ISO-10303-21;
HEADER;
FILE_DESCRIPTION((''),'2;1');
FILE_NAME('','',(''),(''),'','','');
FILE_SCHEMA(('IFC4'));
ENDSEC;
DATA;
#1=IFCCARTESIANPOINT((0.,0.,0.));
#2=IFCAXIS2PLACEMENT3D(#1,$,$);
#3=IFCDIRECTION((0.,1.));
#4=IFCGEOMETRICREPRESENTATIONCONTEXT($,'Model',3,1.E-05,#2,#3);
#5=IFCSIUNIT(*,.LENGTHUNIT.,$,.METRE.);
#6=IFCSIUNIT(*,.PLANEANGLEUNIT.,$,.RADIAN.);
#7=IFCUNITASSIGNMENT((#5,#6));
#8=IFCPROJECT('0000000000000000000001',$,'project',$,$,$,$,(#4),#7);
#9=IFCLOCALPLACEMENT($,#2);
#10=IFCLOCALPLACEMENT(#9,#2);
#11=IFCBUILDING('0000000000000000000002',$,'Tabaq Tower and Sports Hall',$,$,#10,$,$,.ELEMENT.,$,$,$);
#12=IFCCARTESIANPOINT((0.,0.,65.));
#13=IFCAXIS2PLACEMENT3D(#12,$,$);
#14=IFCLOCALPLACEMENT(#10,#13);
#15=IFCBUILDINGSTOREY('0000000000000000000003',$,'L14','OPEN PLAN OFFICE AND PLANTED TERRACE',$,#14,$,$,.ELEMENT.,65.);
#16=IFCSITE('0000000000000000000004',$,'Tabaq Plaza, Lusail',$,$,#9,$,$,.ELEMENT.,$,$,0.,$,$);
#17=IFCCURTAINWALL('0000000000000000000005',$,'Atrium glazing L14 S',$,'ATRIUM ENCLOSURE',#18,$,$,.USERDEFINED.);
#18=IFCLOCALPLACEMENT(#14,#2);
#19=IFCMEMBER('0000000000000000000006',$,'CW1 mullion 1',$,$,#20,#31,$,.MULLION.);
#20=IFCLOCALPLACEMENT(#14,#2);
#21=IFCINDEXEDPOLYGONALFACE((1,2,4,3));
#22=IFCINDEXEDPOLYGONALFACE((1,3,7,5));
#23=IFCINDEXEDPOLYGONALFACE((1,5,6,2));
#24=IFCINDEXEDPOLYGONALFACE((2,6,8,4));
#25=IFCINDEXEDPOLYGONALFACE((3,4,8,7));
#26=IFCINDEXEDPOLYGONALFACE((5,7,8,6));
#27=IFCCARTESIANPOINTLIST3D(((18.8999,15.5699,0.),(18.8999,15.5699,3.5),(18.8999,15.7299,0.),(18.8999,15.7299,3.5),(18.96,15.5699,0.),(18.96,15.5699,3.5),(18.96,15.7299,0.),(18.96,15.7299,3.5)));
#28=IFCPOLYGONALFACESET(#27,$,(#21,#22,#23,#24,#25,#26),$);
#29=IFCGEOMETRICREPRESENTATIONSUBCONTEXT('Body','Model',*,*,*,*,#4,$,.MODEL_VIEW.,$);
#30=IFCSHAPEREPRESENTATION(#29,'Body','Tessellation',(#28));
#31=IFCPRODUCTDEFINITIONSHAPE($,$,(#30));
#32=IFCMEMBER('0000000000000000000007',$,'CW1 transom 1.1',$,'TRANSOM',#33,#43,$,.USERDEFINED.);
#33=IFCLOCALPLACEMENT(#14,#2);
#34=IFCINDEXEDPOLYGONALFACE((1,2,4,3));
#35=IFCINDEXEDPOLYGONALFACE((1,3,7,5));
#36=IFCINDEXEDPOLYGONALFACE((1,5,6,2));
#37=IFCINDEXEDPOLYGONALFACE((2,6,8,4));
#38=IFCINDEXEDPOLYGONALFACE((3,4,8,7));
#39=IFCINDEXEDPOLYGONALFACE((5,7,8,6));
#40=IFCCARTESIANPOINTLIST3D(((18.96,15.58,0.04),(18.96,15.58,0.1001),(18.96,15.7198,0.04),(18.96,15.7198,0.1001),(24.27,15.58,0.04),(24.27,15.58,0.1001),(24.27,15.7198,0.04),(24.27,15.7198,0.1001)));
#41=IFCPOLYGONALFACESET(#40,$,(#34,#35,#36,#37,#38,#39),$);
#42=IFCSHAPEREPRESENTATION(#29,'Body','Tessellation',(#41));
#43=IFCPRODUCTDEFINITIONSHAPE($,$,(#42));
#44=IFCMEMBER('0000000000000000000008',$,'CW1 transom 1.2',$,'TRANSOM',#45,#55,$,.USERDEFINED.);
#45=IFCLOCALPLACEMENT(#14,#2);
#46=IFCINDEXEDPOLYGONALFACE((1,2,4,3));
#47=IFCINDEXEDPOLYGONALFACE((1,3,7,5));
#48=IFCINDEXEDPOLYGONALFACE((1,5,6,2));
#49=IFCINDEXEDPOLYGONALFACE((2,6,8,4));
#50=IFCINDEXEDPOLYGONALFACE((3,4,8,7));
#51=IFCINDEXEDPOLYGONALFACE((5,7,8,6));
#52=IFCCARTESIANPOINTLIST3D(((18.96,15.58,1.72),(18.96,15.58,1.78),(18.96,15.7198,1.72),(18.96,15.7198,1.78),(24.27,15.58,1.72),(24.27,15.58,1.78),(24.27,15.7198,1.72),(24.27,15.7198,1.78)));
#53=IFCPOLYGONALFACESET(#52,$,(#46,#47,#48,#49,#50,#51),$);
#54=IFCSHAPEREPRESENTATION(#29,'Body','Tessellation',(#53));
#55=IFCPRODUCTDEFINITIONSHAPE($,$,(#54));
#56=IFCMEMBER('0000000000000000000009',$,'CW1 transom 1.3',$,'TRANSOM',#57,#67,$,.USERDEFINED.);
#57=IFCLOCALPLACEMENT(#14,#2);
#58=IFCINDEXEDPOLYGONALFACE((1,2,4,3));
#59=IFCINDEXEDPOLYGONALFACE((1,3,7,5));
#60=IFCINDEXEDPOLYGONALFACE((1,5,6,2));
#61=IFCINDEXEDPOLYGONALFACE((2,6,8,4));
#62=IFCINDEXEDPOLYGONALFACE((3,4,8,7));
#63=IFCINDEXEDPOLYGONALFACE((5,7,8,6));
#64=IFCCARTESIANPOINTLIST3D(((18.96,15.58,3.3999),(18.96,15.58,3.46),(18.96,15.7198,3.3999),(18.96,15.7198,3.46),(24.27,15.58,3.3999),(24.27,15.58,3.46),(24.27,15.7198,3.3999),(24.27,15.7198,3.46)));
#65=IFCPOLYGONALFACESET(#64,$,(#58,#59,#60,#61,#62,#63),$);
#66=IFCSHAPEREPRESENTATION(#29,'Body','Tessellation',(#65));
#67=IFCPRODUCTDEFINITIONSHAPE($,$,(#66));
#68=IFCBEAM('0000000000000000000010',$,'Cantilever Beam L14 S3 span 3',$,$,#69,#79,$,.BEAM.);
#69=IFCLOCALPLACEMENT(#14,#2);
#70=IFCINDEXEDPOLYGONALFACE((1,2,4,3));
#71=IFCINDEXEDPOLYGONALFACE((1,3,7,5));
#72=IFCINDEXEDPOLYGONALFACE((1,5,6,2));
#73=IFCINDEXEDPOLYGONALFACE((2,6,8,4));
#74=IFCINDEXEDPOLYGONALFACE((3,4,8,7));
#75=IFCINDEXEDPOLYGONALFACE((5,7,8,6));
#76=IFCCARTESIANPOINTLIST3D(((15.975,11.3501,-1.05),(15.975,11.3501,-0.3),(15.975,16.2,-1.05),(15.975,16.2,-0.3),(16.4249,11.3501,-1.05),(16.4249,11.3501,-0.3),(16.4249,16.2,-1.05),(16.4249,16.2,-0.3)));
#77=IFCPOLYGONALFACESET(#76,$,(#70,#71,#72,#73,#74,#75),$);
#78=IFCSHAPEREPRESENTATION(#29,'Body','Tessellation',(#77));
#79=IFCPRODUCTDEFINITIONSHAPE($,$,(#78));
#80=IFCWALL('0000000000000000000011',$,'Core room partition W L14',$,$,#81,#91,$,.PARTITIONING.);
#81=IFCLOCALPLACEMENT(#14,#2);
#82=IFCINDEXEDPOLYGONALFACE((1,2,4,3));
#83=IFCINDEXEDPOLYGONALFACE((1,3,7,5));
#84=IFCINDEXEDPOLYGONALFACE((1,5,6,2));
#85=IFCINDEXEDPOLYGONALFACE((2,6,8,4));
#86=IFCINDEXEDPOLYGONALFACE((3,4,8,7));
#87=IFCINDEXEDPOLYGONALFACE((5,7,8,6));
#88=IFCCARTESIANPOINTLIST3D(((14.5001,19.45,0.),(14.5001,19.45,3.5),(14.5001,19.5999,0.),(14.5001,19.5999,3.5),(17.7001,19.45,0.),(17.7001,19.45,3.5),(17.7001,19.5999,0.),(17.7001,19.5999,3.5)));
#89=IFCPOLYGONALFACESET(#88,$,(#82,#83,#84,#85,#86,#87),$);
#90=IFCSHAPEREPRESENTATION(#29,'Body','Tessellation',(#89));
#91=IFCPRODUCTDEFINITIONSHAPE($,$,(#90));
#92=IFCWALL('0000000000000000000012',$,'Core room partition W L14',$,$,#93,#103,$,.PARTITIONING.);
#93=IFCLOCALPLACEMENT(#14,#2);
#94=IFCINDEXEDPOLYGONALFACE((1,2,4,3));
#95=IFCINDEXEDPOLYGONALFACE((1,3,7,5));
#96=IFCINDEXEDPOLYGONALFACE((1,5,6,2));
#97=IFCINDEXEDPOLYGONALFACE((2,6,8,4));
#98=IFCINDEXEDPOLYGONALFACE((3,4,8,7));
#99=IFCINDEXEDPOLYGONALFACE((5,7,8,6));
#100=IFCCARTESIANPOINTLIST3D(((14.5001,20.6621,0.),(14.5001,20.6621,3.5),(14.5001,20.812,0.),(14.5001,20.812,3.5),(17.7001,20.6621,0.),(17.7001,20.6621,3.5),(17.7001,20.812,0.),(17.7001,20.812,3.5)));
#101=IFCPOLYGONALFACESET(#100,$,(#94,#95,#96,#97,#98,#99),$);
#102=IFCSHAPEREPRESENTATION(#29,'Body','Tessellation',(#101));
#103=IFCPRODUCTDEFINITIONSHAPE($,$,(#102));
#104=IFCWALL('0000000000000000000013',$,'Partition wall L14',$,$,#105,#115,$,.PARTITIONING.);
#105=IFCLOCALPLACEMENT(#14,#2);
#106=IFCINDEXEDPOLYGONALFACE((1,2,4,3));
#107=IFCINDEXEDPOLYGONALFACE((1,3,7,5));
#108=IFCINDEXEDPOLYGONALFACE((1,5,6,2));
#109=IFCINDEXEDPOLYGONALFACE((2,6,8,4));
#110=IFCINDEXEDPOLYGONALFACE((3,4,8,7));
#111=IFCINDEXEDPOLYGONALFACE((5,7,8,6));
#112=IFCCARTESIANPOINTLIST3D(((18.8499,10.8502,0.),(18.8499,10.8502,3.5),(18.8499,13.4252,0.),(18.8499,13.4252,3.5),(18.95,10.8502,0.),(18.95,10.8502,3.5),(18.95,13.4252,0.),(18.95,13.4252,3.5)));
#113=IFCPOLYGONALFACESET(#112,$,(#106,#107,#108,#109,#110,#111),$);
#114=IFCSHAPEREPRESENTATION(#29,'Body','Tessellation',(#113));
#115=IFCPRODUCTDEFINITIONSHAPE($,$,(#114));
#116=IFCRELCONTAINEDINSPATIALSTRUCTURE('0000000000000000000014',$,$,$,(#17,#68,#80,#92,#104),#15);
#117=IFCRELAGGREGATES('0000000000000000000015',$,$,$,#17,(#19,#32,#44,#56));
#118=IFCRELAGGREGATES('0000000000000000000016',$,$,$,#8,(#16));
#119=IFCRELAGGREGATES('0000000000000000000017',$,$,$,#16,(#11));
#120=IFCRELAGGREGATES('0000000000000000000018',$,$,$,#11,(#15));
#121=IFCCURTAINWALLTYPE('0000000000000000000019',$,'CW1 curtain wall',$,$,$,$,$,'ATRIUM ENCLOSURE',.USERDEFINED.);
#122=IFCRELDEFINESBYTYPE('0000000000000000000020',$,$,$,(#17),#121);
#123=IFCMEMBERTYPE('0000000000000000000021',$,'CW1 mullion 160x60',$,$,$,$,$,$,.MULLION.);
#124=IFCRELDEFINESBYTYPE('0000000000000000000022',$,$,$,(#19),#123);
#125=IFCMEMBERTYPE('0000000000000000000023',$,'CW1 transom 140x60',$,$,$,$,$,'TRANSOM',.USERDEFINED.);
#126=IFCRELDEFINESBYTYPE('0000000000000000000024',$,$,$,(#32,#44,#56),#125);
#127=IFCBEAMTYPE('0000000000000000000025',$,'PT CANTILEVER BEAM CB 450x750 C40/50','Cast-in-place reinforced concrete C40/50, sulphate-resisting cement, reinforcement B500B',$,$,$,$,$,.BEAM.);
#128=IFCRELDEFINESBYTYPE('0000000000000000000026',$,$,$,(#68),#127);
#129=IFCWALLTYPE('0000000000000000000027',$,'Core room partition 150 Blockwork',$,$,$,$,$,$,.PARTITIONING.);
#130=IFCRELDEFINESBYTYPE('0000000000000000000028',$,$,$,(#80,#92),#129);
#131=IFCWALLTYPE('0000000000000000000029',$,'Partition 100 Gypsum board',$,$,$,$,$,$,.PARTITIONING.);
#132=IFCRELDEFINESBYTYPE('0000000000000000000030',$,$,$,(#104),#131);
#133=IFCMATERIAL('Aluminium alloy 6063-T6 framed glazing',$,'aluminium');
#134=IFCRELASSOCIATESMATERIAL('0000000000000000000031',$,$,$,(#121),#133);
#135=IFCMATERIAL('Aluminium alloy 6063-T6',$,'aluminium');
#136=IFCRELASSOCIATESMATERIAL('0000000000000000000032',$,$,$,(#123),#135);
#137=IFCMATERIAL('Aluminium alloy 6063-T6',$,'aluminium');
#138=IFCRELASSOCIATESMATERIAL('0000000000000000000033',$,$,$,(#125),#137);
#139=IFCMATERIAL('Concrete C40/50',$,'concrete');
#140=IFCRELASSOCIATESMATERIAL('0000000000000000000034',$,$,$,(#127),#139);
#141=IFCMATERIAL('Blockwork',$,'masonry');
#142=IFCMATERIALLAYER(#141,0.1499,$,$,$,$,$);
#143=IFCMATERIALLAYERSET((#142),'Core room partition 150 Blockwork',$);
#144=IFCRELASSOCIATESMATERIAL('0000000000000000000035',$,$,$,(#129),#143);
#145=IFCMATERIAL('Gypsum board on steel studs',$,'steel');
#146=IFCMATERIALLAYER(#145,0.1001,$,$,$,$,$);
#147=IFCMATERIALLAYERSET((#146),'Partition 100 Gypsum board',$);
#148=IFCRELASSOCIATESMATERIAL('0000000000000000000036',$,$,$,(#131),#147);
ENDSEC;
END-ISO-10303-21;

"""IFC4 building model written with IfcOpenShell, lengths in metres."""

from ifc_helpers import new_model, si_unit, direction, frame, frame_2d, origin, origin_2d, place, context, subcontext, project, spatial, rectangle, extrude, material, layer, layer_set, material_profile, profile_set, type_object, element, aggregate, save


model = new_model("IFC4")

# Units and contexts
model_context = context("Model", 3, precision=1e-05, world=origin(), true_north=direction((0.0, 1.0)))
body_context = subcontext(model_context, "Body", "Model", "MODEL_VIEW")
ifc_project = project(units=[si_unit("LENGTHUNIT", "METRE"), si_unit("PLANEANGLEUNIT", "RADIAN")], contexts=[model_context])

# Site, building, storey
site_placement = place(None, origin())
site = spatial("IfcSite", under=ifc_project, at=site_placement, Name="Tabaq Plaza, Lusail", CompositionType="ELEMENT", RefElevation=0.0)
building_placement = place(site_placement, origin())
building = spatial("IfcBuilding", under=site, at=building_placement, Name="Tabaq Tower and Sports Hall", CompositionType="ELEMENT")
storey_placement = place(building_placement, frame((0.0, 0.0, 65.0)))
storey = spatial("IfcBuildingStorey", under=building, at=storey_placement, Name="L14", Description="OPEN PLAN OFFICE AND PLANTED TERRACE", CompositionType="ELEMENT", Elevation=65.0)

# Curtain wall, members
ifc_material_1 = material(Name="Aluminium alloy 6063-T6 framed glazing", Category="aluminium")
curtain_wall_type = type_object("IfcCurtainWallType", Name="CW1 curtain wall", ElementType="ATRIUM ENCLOSURE", PredefinedType="USERDEFINED", material=ifc_material_1)
curtain_wall_placement = place(storey_placement, origin())
curtain_wall = element("IfcCurtainWall", 1, at=curtain_wall_placement, inside=storey, type_object=curtain_wall_type, Name="Atrium glazing L14 S", ObjectType="ATRIUM ENCLOSURE", PredefinedType="USERDEFINED")
ifc_material_2 = material(Name="Aluminium alloy 6063-T6", Category="aluminium")
ifc_material_profile_1 = material_profile(ifc_material_2, rectangle(XDim=0.1599, YDim=0.0601, at=origin_2d()), Name="MULLION 160x60")
ifc_profile_set_1 = profile_set([ifc_material_profile_1], Name="Aluminium alloy 6063-T6")
member_type_1 = type_object("IfcMemberType", Name="CW1 mullion 160x60", PredefinedType="MULLION", material=ifc_profile_set_1)
member_1_placement = place(storey_placement, frame((18.9299, 15.6499, 0.0), z_axis=(0.0, 0.0, 1.0), x_axis=(0.0, 1.0, 0.0)))
member_1 = element("IfcMember", 2, at=member_1_placement, type_object=member_type_1, Name="CW1 mullion 1", PredefinedType="MULLION", context=body_context, shape_type="SweptSolid", body=[
    extrude(rectangle(XDim=0.1599, YDim=0.0601, at=origin_2d()), origin(), (0.0, 0.0, 1.0), 3.5),
])
ifc_material_3 = material(Name="Aluminium alloy 6063-T6", Category="aluminium")
ifc_material_profile_2 = material_profile(ifc_material_3, rectangle(XDim=0.1399, YDim=0.0601, at=origin_2d()), Name="TRANSOM 140x60")
ifc_profile_set_2 = profile_set([ifc_material_profile_2], Name="Aluminium alloy 6063-T6")
member_type_2 = type_object("IfcMemberType", Name="CW1 transom 140x60", ElementType="TRANSOM", PredefinedType="USERDEFINED", material=ifc_profile_set_2)
member_2_placement = place(storey_placement, frame((18.96, 15.6499, 0.0701), z_axis=(1.0, 0.0, 0.0), x_axis=(0.0, 1.0, 0.0)))
member_2 = element("IfcMember", 3, at=member_2_placement, type_object=member_type_2, Name="CW1 transom 1.1", ObjectType="TRANSOM", PredefinedType="USERDEFINED", context=body_context, shape_type="SweptSolid", body=[
    extrude(rectangle(XDim=0.1399, YDim=0.0601, at=origin_2d()), origin(), (0.0, 0.0, 1.0), 5.3101),
])
member_3_placement = place(storey_placement, frame((18.96, 15.6499, 1.75), z_axis=(1.0, 0.0, 0.0), x_axis=(0.0, 1.0, 0.0)))
member_3 = element("IfcMember", 4, at=member_3_placement, type_object=member_type_2, Name="CW1 transom 1.2", ObjectType="TRANSOM", PredefinedType="USERDEFINED", context=body_context, shape_type="SweptSolid", body=[
    extrude(rectangle(XDim=0.1399, YDim=0.0601, at=origin_2d()), origin(), (0.0, 0.0, 1.0), 5.3101),
])
member_4_placement = place(storey_placement, frame((18.96, 15.6499, 3.4299), z_axis=(1.0, 0.0, 0.0), x_axis=(0.0, 1.0, 0.0)))
member_4 = element("IfcMember", 5, at=member_4_placement, type_object=member_type_2, Name="CW1 transom 1.3", ObjectType="TRANSOM", PredefinedType="USERDEFINED", context=body_context, shape_type="SweptSolid", body=[
    extrude(rectangle(XDim=0.1399, YDim=0.0601, at=origin_2d()), origin(), (0.0, 0.0, 1.0), 5.3101),
])
aggregate(curtain_wall, [member_1, member_2, member_3, member_4])

# Beam
ifc_material_4 = material(Name="Concrete C40/50", Category="concrete")
ifc_material_profile_3 = material_profile(ifc_material_4, rectangle(XDim=0.45, YDim=0.75, at=origin_2d()), Name="CB 450x750")
ifc_profile_set_3 = profile_set([ifc_material_profile_3], Name="Concrete C40/50")
beam_type = type_object("IfcBeamType", Name="PT CANTILEVER BEAM CB 450x750 C40/50", Description="Cast-in-place reinforced concrete C40/50, sulphate-resisting cement, reinforcement B500B", PredefinedType="BEAM", material=ifc_profile_set_3)
beam_placement = place(storey_placement, frame((16.2, 11.3501, -0.675), z_axis=(0.0, 1.0, 0.0), x_axis=(-1.0, 0.0, 0.0)))
element("IfcBeam", 6, at=beam_placement, inside=storey, type_object=beam_type, Name="Cantilever Beam L14 S3 span 3", PredefinedType="BEAM", context=body_context, shape_type="SweptSolid", body=[
    extrude(rectangle(XDim=0.45, YDim=0.75, at=origin_2d()), origin(), (0.0, 0.0, 1.0), 4.8499),
])

# Walls
ifc_material_5 = material(Name="Blockwork", Category="masonry")
ifc_layer_1 = layer(ifc_material_5, 0.1499)
ifc_layer_set_1 = layer_set([ifc_layer_1], Name="Core room partition 150 Blockwork")
wall_type_1 = type_object("IfcWallType", Name="Core room partition 150 Blockwork", PredefinedType="PARTITIONING", material=ifc_layer_set_1)
for number, where, z_axis, x_axis, name in (
    (7, (14.5, 19.5249, 0.0), (0.0, 0.0, 1.0), (1.0, 0.0, 0.0), "Core room partition W L14"),
    (8, (14.5, 20.7371, 0.0), (0.0, 0.0, 1.0), (1.0, 0.0, 0.0), "Core room partition W L14"),
):
    element("IfcWall", number, at=place(storey_placement, frame(where, z_axis=z_axis, x_axis=x_axis)), inside=storey, type_object=wall_type_1, Name=name, PredefinedType="PARTITIONING", context=body_context, shape_type="SweptSolid", body=[
        extrude(rectangle(XDim=3.2, YDim=0.1499, at=frame_2d((1.6001, 0.0))), origin(), (0.0, 0.0, 1.0), 3.5),
    ])

# Wall
ifc_material_6 = material(Name="Gypsum board on steel studs", Category="steel")
ifc_layer_2 = layer(ifc_material_6, 0.1001)
ifc_layer_set_2 = layer_set([ifc_layer_2], Name="Partition 100 Gypsum board")
wall_type_2 = type_object("IfcWallType", Name="Partition 100 Gypsum board", PredefinedType="PARTITIONING", material=ifc_layer_set_2)
wall_1_placement = place(storey_placement, frame((18.8999, 10.8501, 0.0), z_axis=(0.0, 0.0, 1.0), x_axis=(0.0, 1.0, 0.0)))
element("IfcWall", 9, at=wall_1_placement, inside=storey, type_object=wall_type_2, Name="Partition wall L14", PredefinedType="PARTITIONING", context=body_context, shape_type="SweptSolid", body=[
    extrude(rectangle(XDim=2.575, YDim=0.1001, at=frame_2d((1.2876, 0.0))), origin(), (0.0, 0.0, 1.0), 3.5),
])

save(model, "model.ifc")
